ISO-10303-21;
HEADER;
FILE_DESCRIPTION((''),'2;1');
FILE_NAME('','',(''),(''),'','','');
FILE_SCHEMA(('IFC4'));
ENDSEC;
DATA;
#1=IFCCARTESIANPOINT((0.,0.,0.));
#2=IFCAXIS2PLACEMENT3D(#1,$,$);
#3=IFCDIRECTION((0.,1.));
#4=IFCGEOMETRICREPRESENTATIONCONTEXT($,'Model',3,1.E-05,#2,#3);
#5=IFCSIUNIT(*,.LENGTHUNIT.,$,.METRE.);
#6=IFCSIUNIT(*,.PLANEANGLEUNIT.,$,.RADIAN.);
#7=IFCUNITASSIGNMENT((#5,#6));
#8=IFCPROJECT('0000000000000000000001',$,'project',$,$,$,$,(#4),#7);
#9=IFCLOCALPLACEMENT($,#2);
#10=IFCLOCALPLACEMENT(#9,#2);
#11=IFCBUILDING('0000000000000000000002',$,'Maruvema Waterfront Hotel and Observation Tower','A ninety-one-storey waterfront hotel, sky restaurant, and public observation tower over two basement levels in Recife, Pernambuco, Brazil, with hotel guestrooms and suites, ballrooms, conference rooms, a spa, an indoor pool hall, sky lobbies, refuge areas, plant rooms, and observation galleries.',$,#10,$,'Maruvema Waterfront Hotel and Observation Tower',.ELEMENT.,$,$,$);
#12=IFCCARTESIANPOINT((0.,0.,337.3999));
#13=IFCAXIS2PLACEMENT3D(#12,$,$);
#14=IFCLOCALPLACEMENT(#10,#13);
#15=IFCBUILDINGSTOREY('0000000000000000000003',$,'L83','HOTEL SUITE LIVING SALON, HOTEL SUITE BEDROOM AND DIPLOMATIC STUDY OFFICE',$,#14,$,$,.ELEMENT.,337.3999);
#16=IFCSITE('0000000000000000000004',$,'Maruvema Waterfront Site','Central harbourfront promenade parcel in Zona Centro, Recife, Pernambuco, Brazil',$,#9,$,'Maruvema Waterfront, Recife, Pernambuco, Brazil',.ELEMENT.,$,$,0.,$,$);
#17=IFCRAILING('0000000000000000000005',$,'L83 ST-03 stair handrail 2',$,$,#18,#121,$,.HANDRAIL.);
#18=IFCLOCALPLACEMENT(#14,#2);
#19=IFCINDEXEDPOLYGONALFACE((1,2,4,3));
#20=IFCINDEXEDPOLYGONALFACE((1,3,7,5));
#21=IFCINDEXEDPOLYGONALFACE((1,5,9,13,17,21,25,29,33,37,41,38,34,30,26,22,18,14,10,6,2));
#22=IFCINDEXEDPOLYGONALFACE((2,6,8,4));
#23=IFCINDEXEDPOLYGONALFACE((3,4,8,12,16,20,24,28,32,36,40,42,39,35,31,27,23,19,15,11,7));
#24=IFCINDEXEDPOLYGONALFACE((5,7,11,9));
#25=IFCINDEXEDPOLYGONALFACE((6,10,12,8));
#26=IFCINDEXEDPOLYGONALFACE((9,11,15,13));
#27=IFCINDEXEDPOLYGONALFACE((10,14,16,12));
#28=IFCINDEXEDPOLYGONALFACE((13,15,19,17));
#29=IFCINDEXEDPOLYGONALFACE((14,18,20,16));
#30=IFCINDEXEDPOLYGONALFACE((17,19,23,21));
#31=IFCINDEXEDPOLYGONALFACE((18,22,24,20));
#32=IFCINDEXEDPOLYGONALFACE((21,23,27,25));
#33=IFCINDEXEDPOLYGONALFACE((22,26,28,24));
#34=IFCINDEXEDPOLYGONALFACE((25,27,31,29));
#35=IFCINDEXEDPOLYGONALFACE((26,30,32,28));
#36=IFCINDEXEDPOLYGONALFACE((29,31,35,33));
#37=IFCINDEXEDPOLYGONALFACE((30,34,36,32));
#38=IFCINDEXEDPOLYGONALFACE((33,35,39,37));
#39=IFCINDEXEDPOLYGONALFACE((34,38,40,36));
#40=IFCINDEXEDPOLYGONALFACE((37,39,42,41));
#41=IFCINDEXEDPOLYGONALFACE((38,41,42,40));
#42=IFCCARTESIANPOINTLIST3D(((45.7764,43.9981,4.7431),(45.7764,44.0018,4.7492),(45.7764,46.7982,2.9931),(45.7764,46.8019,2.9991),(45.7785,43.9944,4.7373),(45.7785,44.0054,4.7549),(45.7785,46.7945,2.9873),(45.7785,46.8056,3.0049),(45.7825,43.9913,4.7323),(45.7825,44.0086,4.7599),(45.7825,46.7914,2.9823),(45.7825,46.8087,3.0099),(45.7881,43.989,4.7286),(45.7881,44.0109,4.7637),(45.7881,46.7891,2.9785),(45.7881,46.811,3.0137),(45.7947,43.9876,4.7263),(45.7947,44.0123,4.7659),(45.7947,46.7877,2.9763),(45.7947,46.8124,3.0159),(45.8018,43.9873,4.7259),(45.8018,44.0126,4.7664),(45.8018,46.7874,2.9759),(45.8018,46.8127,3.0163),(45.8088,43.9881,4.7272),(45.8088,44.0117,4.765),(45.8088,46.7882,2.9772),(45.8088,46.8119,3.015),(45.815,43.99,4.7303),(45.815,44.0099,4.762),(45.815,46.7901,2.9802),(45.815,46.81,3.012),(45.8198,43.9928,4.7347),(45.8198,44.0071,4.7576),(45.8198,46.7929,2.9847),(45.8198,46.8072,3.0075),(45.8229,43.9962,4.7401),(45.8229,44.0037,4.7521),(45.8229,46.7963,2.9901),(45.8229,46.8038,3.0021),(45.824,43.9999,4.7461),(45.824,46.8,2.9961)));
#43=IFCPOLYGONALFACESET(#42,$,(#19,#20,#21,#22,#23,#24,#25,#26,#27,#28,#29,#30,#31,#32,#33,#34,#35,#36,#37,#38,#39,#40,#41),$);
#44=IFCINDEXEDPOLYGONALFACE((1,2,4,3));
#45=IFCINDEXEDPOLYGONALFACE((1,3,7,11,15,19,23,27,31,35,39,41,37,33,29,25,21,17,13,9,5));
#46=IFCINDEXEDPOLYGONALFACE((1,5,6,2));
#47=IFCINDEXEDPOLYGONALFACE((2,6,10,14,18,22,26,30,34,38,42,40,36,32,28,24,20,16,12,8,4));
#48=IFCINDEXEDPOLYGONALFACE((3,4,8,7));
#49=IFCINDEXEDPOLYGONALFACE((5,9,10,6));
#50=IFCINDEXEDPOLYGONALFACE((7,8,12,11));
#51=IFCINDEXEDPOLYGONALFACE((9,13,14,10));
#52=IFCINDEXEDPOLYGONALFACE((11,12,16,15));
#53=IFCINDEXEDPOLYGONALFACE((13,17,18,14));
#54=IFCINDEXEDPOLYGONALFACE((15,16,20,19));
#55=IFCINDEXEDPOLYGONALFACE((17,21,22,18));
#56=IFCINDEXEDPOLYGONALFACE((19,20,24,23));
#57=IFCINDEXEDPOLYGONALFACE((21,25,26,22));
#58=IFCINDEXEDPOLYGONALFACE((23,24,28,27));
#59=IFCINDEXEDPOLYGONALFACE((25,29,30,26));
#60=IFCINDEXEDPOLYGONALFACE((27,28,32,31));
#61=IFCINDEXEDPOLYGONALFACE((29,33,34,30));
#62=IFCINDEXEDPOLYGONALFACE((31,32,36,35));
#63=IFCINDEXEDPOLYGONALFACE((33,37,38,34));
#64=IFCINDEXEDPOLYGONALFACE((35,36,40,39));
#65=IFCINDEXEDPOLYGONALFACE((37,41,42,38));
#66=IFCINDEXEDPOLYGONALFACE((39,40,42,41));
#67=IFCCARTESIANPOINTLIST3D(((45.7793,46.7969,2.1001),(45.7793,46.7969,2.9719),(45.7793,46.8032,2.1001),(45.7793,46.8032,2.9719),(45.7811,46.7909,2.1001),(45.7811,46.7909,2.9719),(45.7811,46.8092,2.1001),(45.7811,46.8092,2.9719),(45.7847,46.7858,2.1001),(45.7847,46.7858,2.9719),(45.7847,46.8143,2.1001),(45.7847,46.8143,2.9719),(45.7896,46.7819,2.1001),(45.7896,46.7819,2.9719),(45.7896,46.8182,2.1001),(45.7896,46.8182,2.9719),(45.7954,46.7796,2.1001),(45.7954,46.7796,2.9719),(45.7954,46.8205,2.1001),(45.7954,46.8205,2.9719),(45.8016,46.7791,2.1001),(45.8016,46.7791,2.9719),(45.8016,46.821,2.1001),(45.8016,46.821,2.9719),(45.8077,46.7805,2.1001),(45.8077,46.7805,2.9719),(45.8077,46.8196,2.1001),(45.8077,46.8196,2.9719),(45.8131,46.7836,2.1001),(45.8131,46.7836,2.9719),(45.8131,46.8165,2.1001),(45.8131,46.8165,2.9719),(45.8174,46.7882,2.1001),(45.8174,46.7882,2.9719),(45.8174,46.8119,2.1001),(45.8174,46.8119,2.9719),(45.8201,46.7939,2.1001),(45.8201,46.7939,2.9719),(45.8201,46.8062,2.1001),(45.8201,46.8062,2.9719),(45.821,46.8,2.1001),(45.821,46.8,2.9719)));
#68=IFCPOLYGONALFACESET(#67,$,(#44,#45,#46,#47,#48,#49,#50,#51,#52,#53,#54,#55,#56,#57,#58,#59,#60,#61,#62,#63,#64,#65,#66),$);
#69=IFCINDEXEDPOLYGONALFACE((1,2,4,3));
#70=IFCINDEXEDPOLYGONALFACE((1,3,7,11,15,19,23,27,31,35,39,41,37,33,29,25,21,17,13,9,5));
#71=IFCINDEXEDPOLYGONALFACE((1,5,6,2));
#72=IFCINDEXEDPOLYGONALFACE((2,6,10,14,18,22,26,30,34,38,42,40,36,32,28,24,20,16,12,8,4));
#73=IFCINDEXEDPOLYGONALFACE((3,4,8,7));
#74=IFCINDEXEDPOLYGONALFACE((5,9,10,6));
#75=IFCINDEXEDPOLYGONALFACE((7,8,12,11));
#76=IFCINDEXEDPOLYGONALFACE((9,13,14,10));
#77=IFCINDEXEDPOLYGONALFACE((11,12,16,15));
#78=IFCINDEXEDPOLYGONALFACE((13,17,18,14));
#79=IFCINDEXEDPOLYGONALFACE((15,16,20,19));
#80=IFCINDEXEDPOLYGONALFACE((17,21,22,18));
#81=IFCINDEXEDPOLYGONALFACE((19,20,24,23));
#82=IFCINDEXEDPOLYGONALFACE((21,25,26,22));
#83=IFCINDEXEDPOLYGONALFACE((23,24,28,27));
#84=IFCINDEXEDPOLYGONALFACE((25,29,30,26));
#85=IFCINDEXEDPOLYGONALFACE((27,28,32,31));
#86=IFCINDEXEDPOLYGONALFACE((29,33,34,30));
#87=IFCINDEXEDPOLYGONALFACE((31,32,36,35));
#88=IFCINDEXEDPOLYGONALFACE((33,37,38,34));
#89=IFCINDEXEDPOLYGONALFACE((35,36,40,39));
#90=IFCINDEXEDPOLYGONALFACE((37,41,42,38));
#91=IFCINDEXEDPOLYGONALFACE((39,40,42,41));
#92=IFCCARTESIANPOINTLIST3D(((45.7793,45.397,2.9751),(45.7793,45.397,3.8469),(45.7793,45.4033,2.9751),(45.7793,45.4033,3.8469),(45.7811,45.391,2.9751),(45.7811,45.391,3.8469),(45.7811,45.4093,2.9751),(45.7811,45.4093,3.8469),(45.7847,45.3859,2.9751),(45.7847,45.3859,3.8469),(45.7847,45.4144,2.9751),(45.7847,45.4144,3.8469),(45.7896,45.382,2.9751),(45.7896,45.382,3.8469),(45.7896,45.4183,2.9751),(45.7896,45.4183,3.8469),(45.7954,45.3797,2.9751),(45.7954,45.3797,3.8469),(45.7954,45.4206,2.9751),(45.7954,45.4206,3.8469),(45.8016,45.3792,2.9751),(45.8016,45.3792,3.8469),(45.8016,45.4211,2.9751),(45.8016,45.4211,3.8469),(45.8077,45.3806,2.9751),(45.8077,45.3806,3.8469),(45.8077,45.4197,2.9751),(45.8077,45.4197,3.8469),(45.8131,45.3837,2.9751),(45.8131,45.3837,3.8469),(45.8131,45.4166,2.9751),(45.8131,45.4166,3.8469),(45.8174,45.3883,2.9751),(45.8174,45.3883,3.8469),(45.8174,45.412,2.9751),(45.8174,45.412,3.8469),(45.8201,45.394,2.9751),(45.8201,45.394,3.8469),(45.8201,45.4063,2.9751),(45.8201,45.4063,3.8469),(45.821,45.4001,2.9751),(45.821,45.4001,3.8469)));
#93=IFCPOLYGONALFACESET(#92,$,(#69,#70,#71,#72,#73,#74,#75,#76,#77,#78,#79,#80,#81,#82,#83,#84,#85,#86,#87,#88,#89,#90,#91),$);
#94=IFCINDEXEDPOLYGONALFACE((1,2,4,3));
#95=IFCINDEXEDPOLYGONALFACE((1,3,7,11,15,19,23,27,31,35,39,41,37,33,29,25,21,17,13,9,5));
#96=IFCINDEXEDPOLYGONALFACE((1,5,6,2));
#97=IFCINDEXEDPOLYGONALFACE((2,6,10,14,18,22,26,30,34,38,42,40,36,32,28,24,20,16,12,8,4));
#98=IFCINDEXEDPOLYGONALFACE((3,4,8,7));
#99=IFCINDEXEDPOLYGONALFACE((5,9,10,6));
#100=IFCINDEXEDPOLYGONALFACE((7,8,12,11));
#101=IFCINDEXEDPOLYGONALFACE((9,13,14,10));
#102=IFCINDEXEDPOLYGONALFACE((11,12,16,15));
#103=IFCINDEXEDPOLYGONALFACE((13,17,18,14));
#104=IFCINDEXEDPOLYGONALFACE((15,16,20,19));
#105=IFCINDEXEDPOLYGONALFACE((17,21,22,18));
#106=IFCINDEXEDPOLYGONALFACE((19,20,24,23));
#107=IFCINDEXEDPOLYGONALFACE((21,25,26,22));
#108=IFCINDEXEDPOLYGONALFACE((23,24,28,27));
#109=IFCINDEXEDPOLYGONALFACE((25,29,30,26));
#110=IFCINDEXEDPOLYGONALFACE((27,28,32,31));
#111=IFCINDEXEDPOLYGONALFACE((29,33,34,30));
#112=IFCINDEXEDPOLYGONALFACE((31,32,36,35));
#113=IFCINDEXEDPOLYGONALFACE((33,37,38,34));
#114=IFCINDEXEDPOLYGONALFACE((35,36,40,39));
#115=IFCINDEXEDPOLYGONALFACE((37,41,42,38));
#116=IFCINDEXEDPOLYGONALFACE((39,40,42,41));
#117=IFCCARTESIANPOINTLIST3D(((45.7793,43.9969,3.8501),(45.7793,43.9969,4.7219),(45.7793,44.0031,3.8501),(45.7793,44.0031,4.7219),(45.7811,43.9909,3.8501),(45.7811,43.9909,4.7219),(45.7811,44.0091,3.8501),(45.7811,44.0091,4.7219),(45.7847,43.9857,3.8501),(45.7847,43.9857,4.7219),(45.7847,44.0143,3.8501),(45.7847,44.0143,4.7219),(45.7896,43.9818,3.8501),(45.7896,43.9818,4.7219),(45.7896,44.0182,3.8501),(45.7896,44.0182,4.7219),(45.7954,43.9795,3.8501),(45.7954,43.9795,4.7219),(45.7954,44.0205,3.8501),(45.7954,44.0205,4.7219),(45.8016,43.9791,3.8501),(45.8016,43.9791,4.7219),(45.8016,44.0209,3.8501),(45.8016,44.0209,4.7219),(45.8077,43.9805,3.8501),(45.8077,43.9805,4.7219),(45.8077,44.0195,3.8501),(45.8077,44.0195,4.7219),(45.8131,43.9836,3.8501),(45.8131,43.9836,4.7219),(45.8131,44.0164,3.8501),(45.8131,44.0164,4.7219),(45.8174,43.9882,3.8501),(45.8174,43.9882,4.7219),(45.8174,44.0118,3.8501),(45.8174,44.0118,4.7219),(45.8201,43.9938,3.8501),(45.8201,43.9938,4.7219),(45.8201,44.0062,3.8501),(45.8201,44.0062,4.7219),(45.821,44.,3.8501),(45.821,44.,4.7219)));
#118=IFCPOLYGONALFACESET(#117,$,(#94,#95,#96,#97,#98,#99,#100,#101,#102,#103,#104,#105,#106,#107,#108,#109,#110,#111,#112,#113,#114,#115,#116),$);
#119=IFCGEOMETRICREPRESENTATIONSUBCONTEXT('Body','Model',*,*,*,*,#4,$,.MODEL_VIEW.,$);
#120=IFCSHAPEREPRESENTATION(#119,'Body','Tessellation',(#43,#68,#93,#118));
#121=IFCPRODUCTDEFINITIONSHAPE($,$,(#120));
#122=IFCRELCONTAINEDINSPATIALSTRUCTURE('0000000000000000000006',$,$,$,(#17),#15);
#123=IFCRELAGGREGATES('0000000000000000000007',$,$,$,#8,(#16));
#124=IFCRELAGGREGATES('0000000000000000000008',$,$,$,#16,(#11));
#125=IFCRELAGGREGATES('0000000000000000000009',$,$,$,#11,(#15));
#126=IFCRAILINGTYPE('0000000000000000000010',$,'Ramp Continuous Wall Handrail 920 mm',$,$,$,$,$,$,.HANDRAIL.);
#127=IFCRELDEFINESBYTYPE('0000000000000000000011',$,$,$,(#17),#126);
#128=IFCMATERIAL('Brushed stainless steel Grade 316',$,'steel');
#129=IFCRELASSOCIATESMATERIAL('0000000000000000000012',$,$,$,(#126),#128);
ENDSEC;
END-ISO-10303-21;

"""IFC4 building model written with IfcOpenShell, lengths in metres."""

from ifc_helpers import new_model, si_unit, direction, frame, origin, origin_2d, place, context, subcontext, project, spatial, circle, extrude, material, type_object, element, save


model = new_model("IFC4")

# Units and contexts
model_context = context("Model", 3, precision=1e-05, world=origin(), true_north=direction((0.0, 1.0)))
body_context = subcontext(model_context, "Body", "Model", "MODEL_VIEW")
ifc_project = project(units=[si_unit("LENGTHUNIT", "METRE"), si_unit("PLANEANGLEUNIT", "RADIAN")], contexts=[model_context])

# Site, building, storey
site_placement = place(None, origin())
site = spatial("IfcSite", under=ifc_project, at=site_placement, Name="Maruvema Waterfront Site", Description="Central harbourfront promenade parcel in Zona Centro, Recife, Pernambuco, Brazil", LongName="Maruvema Waterfront, Recife, Pernambuco, Brazil", CompositionType="ELEMENT", RefElevation=0.0)
building_placement = place(site_placement, origin())
building = spatial("IfcBuilding", under=site, at=building_placement, Name="Maruvema Waterfront Hotel and Observation Tower", Description="A ninety-one-storey waterfront hotel, sky restaurant, and public observation tower over two basement levels in Recife, Pernambuco, Brazil, with hotel guestrooms and suites, ballrooms, conference rooms, a spa, an indoor pool hall, sky lobbies, refuge areas, plant rooms, and observation galleries.", LongName="Maruvema Waterfront Hotel and Observation Tower", CompositionType="ELEMENT")
storey_placement = place(building_placement, frame((0.0, 0.0, 337.3999)))
storey = spatial("IfcBuildingStorey", under=building, at=storey_placement, Name="L83", Description="HOTEL SUITE LIVING SALON, HOTEL SUITE BEDROOM AND DIPLOMATIC STUDY OFFICE", CompositionType="ELEMENT", Elevation=337.3999)

# Railing
ifc_material_1 = material(Name="Brushed stainless steel Grade 316", Category="steel")
railing_type_1 = type_object("IfcRailingType", Name="Ramp Continuous Wall Handrail 920 mm", PredefinedType="HANDRAIL", material=ifc_material_1)
railing_1_placement = place(storey_placement, frame((45.8, 46.8, 2.1001)))
element("IfcRailing", 1, at=railing_1_placement, inside=storey, type_object=railing_type_1, Name="L83 ST-03 stair handrail 2", PredefinedType="HANDRAIL", context=body_context, shape_type="SweptSolid", body=[
    extrude(circle(Radius=0.0239, at=origin_2d()), frame((0.0, 0.0, 0.896), z_axis=(0.0, -0.848002, 0.529992), x_axis=(1.0, 0.0, 0.0)), (0.0, 0.0, 1.0), 3.302),
    extrude(circle(Radius=0.021, at=origin_2d()), origin(), (0.0, 0.0, 1.0), 0.8718),
    extrude(circle(Radius=0.021, at=origin_2d()), frame((0.0, -1.3999, 0.875)), (0.0, 0.0, 1.0), 0.8718),
    extrude(circle(Radius=0.021, at=origin_2d()), frame((0.0, -2.8, 1.75)), (0.0, 0.0, 1.0), 0.8718),
])

save(model, "model.ifc")
